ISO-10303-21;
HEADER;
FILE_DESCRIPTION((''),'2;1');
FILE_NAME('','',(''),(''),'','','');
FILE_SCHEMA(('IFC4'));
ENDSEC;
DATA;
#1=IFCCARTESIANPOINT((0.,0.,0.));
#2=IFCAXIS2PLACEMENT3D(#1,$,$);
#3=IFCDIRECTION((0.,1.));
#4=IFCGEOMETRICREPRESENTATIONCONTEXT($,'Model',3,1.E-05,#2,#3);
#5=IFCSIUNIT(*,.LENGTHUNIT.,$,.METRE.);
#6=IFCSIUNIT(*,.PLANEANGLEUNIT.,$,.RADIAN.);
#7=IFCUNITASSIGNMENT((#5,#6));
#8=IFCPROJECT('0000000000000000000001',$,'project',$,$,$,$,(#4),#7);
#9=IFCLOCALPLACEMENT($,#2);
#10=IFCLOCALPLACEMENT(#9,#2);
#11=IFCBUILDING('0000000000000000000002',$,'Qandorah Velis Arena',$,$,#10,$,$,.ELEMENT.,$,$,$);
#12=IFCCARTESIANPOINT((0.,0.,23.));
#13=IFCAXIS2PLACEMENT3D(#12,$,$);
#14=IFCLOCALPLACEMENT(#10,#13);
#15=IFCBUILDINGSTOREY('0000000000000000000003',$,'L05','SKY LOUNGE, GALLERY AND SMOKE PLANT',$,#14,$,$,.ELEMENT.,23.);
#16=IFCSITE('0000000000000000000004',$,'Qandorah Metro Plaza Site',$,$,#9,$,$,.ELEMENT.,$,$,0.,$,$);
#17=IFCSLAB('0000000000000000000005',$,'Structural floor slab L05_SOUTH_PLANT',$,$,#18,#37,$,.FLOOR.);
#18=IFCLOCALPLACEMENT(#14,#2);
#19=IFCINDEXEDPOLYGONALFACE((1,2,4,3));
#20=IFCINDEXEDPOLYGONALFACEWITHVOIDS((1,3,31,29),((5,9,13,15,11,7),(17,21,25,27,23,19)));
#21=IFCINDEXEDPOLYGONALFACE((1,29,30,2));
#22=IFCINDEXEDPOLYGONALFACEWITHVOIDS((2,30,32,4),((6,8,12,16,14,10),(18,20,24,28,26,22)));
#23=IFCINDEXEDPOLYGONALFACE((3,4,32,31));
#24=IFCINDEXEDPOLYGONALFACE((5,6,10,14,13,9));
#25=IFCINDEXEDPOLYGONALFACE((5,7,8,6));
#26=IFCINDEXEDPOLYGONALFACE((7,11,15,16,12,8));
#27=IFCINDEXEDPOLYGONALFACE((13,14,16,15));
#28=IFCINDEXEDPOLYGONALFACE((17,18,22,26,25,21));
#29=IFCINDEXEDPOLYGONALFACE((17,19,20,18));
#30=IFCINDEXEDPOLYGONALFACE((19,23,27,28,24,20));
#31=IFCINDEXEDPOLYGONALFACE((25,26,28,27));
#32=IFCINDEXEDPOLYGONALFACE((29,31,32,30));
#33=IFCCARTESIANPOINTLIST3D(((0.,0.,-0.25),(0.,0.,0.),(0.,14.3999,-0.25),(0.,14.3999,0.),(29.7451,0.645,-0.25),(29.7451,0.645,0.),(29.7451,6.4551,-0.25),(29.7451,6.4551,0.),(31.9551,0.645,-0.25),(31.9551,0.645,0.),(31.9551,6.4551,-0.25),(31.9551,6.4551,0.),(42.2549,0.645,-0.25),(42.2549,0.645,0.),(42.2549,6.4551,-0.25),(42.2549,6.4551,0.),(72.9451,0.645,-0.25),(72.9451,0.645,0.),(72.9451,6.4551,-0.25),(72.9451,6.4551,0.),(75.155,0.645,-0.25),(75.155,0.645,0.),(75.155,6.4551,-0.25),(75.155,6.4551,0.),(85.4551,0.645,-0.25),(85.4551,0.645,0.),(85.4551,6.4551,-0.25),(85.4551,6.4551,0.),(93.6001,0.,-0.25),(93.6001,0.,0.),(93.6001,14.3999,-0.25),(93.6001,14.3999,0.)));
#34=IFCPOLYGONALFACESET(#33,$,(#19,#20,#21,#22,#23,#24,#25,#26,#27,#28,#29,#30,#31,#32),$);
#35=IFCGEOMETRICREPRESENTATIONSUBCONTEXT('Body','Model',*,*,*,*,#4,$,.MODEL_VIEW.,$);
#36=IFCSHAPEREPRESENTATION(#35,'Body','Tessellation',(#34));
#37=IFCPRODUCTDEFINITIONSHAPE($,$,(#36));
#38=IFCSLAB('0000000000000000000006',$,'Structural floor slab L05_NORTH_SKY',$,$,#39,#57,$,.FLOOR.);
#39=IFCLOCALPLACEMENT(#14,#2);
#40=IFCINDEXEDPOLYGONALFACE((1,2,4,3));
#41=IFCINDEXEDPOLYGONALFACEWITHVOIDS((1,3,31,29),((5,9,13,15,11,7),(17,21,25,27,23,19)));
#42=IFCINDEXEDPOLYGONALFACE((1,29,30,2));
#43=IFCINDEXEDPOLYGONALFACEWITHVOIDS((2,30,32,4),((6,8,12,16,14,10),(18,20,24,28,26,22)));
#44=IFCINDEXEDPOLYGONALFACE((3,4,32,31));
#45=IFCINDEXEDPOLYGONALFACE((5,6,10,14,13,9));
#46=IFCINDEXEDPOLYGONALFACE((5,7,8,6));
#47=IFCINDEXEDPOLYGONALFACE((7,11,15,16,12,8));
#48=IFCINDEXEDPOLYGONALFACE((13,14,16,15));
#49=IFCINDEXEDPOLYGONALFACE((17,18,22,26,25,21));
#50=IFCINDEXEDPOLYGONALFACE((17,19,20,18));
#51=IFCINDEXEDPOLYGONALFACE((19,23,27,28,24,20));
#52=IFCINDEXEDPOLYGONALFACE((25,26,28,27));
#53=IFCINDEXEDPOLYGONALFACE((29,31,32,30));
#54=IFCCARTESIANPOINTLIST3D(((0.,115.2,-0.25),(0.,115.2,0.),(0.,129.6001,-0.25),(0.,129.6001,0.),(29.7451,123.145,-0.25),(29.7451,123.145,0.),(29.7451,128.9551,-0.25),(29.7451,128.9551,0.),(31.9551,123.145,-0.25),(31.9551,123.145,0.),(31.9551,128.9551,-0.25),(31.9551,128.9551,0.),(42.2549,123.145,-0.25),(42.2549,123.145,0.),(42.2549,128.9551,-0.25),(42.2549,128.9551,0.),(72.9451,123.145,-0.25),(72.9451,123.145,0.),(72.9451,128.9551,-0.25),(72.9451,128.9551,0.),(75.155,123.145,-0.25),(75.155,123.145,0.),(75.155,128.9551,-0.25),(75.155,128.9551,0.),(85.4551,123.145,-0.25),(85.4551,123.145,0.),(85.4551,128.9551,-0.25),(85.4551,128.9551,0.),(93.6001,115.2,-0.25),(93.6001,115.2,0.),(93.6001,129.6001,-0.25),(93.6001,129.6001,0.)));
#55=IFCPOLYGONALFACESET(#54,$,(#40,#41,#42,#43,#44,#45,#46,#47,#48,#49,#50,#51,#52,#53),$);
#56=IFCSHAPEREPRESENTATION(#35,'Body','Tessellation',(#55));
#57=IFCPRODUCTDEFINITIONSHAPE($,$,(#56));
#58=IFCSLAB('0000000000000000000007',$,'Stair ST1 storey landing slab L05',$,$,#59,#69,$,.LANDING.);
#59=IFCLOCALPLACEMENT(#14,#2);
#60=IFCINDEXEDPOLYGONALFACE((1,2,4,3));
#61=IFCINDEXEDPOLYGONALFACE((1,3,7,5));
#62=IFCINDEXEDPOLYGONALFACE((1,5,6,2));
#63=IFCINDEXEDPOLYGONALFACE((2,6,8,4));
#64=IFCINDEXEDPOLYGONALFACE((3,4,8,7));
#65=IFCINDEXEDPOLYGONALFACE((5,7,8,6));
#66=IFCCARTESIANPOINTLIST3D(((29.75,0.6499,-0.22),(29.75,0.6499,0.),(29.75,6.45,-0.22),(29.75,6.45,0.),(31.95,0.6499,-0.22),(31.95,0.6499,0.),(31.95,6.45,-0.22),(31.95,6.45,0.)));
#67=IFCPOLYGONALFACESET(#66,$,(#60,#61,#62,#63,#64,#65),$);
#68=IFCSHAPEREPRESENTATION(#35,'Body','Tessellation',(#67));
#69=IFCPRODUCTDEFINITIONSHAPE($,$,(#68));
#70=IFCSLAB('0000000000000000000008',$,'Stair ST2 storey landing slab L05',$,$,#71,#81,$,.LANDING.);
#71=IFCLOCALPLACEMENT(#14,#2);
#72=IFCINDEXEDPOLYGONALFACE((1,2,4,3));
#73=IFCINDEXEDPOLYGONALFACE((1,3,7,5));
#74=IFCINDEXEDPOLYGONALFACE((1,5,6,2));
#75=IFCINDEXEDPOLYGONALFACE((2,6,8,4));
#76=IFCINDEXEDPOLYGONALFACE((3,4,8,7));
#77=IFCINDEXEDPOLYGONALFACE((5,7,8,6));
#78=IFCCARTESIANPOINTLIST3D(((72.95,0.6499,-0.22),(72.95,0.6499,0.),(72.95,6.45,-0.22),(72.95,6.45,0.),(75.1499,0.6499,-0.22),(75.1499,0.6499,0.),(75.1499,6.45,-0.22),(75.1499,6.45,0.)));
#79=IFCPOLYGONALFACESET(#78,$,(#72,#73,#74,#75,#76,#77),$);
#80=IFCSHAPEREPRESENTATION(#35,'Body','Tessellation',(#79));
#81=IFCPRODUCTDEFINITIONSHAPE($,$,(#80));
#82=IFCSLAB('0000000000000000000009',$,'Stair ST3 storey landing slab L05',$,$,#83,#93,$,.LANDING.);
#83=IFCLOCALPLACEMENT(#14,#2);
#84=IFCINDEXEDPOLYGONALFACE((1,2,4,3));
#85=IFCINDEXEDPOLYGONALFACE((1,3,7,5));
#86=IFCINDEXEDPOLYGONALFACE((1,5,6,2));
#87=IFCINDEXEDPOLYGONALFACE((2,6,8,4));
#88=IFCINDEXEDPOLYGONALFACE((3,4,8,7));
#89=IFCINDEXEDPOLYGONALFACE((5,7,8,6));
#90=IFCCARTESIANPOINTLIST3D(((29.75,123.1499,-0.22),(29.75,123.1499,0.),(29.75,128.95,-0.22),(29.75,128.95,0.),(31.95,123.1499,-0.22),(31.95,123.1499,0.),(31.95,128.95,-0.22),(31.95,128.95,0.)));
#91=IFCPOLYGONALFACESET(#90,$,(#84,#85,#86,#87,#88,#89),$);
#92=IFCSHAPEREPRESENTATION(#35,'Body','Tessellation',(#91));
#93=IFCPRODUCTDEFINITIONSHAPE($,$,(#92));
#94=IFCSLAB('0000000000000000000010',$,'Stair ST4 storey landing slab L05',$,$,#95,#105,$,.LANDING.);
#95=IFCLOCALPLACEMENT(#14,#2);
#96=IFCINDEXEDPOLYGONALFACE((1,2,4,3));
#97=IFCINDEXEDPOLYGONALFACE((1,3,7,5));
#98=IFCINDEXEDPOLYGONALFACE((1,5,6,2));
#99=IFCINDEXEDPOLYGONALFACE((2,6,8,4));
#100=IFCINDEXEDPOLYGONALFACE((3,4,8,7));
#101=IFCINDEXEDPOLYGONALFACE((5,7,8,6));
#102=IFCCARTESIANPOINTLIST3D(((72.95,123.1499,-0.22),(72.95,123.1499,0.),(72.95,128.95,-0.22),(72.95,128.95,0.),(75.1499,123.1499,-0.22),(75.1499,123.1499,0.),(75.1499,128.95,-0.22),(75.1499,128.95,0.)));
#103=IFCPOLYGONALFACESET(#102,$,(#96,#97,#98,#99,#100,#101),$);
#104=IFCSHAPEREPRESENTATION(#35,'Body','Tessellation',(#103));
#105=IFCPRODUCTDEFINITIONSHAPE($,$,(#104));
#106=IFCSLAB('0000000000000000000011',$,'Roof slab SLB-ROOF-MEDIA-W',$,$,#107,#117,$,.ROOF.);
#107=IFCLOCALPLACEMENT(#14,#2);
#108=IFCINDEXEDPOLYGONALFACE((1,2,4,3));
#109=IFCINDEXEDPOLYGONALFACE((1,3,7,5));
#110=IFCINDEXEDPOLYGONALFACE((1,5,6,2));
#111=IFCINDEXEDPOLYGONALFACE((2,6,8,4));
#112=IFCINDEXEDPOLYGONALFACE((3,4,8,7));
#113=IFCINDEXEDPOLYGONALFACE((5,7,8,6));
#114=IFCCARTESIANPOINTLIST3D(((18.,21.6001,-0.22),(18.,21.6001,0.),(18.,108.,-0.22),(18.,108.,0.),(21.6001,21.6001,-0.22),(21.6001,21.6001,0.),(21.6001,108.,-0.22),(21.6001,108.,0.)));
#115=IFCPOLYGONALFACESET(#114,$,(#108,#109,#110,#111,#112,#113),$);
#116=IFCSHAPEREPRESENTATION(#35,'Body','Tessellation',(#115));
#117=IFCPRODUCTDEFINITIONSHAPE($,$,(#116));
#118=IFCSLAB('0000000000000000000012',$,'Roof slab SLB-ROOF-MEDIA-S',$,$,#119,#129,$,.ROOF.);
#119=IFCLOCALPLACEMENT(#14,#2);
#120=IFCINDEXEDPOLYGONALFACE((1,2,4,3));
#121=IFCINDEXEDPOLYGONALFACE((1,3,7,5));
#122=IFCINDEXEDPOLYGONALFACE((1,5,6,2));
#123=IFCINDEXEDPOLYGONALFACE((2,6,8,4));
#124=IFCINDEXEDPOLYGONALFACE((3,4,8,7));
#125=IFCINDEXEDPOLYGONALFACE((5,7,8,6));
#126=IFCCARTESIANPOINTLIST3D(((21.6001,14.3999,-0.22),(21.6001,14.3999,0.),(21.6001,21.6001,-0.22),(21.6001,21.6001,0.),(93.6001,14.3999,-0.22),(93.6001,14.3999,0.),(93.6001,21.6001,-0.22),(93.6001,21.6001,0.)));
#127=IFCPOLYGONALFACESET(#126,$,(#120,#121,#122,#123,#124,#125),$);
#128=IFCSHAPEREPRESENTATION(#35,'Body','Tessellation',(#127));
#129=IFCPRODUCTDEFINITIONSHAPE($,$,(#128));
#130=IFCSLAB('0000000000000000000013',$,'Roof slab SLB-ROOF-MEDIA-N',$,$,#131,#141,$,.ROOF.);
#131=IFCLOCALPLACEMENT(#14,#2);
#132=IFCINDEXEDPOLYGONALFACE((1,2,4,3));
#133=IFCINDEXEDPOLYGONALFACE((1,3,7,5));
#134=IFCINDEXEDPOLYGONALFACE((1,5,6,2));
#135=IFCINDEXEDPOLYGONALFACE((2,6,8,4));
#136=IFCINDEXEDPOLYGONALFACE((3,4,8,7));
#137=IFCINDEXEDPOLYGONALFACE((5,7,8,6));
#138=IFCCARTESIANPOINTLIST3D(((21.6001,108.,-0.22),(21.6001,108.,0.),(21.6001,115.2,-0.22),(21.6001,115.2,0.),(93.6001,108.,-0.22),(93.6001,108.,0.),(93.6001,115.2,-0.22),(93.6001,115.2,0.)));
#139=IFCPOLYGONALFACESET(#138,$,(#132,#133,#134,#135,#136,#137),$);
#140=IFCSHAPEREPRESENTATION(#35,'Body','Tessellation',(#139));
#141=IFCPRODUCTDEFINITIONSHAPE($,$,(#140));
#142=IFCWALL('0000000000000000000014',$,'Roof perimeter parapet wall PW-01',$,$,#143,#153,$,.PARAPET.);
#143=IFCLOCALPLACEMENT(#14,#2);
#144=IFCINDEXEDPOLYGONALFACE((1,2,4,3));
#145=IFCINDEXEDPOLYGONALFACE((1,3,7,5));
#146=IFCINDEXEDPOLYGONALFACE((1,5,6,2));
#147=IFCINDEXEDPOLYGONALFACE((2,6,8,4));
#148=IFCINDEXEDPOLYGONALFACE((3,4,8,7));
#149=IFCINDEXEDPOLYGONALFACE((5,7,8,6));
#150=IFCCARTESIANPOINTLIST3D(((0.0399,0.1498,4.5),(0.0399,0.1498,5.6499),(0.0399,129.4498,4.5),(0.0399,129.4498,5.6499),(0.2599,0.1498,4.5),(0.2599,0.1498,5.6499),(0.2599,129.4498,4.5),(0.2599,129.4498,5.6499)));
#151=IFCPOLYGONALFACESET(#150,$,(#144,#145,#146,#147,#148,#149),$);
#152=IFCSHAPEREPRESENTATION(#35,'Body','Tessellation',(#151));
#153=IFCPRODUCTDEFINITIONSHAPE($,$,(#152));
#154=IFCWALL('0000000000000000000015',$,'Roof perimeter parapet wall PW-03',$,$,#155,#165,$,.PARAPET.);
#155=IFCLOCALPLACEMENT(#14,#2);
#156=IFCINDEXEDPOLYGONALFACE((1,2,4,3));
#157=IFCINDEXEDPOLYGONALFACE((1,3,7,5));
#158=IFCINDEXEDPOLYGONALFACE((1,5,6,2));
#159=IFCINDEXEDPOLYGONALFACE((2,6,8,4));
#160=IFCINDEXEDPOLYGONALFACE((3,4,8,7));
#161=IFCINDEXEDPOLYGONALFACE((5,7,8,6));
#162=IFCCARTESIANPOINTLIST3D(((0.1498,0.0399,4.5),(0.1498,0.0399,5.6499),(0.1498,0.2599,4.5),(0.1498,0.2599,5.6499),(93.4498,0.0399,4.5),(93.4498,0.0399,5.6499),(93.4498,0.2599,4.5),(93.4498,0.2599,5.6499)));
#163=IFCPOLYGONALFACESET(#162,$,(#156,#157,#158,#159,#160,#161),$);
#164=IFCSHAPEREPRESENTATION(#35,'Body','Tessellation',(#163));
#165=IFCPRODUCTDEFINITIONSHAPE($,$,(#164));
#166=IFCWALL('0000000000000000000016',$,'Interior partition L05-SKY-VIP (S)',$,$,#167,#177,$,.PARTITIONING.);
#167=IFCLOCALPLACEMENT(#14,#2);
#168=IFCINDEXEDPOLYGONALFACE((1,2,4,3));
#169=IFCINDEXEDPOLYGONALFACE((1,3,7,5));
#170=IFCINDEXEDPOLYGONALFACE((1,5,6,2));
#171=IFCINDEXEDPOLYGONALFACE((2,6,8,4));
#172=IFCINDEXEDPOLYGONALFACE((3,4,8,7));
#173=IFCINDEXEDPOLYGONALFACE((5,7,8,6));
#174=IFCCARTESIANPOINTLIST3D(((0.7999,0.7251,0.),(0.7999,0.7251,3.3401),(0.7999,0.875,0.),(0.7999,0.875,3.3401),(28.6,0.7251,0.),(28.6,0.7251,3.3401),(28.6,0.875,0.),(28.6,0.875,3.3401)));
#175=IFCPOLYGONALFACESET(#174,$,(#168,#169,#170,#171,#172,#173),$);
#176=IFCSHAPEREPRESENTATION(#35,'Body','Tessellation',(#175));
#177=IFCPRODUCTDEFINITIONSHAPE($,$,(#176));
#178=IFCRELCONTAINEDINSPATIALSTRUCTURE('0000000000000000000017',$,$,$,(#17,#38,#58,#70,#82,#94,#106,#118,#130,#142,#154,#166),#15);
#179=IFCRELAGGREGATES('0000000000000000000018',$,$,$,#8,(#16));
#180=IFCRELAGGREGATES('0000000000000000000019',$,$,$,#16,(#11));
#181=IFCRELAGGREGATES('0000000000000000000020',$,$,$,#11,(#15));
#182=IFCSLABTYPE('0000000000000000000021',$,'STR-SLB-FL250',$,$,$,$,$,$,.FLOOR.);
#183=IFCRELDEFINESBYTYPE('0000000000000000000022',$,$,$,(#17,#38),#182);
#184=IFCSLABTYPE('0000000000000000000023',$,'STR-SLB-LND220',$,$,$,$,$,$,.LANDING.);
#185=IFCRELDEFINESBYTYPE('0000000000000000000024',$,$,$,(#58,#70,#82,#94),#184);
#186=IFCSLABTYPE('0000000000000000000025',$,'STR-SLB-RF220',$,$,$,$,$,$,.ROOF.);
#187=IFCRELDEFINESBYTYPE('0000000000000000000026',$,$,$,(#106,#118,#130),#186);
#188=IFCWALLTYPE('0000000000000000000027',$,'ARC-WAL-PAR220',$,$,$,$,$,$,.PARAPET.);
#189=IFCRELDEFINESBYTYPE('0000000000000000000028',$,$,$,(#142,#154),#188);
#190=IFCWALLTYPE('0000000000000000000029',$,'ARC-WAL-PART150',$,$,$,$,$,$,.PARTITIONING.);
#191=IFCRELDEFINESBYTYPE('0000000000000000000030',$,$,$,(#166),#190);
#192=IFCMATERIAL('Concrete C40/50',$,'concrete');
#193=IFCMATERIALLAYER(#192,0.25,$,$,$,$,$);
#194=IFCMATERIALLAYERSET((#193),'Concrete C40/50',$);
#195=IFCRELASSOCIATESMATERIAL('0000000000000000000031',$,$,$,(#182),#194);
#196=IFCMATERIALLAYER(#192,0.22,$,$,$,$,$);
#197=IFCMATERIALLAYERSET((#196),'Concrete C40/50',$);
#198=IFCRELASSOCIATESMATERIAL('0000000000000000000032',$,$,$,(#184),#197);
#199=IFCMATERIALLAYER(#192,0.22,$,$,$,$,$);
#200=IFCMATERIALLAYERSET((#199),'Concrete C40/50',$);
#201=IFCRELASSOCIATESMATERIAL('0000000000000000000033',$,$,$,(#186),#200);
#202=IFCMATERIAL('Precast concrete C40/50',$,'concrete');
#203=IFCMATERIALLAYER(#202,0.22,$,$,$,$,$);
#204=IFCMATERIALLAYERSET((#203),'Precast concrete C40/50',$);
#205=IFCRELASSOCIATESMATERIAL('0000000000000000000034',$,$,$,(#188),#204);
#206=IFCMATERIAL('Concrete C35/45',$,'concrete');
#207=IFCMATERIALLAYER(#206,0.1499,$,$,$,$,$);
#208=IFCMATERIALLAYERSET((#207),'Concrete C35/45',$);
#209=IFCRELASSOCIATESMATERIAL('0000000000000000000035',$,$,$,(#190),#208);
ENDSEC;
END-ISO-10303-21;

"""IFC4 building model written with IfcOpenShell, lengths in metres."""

from ifc_helpers import new_model, si_unit, direction, frame, frame_2d, origin, place, context, subcontext, project, spatial, polyline, rectangle, outline, extrude, material, layer, layer_set, type_object, element, save


model = new_model("IFC4")

# Units and contexts
model_context = context("Model", 3, precision=1e-05, world=origin(), true_north=direction((0.0, 1.0)))
body_context = subcontext(model_context, "Body", "Model", "MODEL_VIEW")
ifc_project = project(units=[si_unit("LENGTHUNIT", "METRE"), si_unit("PLANEANGLEUNIT", "RADIAN")], contexts=[model_context])

# Site, building, storey
site_placement = place(None, origin())
site = spatial("IfcSite", under=ifc_project, at=site_placement, Name="Qandorah Metro Plaza Site", CompositionType="ELEMENT", RefElevation=0.0)
building_placement = place(site_placement, origin())
building = spatial("IfcBuilding", under=site, at=building_placement, Name="Qandorah Velis Arena", CompositionType="ELEMENT")
storey_placement = place(building_placement, frame((0.0, 0.0, 23.0)))
storey = spatial("IfcBuildingStorey", under=building, at=storey_placement, Name="L05", Description="SKY LOUNGE, GALLERY AND SMOKE PLANT", CompositionType="ELEMENT", Elevation=23.0)

# Slabs
ifc_material_1 = material(Name="Concrete C40/50", Category="concrete")
ifc_layer_1 = layer(ifc_material_1, 0.25)
ifc_layer_set_1 = layer_set([ifc_layer_1], Name="Concrete C40/50")
slab_type_1 = type_object("IfcSlabType", Name="STR-SLB-FL250", PredefinedType="FLOOR", material=ifc_layer_set_1)
slab_1_placement = place(storey_placement, frame((0.0, 0.0, -0.25)))
element("IfcSlab", 1, at=slab_1_placement, inside=storey, type_object=slab_type_1, Name="Structural floor slab L05_SOUTH_PLANT", PredefinedType="FLOOR", context=body_context, shape_type="SweptSolid", body=[
    extrude(outline(polyline([(93.6001, 0.0), (0.0, 0.0), (0.0, 14.3999), (93.6001, 14.3999), (93.6001, 0.0)]), holes=[polyline([(31.9551, 0.645), (42.2549, 0.645), (42.2549, 6.4551), (31.9551, 6.4551), (29.7451, 6.4551), (29.7451, 0.645), (31.9551, 0.645)]), polyline([(72.9451, 0.645), (75.155, 0.645), (85.4551, 0.645), (85.4551, 6.4551), (75.155, 6.4551), (72.9451, 6.4551), (72.9451, 0.645)])]), origin(), (0.0, 0.0, 1.0), 0.25),
])
slab_2_placement = place(storey_placement, frame((0.0, 0.0, -0.25)))
element("IfcSlab", 2, at=slab_2_placement, inside=storey, type_object=slab_type_1, Name="Structural floor slab L05_NORTH_SKY", PredefinedType="FLOOR", context=body_context, shape_type="SweptSolid", body=[
    extrude(outline(polyline([(93.6001, 115.2), (0.0, 115.2), (0.0, 129.6001), (93.6001, 129.6001), (93.6001, 115.2)]), holes=[polyline([(29.7451, 123.145), (31.9551, 123.145), (42.2549, 123.145), (42.2549, 128.9551), (31.9551, 128.9551), (31.9551, 128.9551), (29.7451, 128.9551), (29.7451, 128.9551), (29.7451, 123.145)]), polyline([(72.9451, 128.9551), (72.9451, 123.145), (75.155, 123.145), (85.4551, 123.145), (85.4551, 128.9551), (75.155, 128.9551), (75.155, 128.9551), (72.9451, 128.9551), (72.9451, 128.9551)])]), origin(), (0.0, 0.0, 1.0), 0.25),
])
ifc_layer_2 = layer(ifc_material_1, 0.22)
ifc_layer_set_2 = layer_set([ifc_layer_2], Name="Concrete C40/50")
slab_type_2 = type_object("IfcSlabType", Name="STR-SLB-LND220", PredefinedType="LANDING", material=ifc_layer_set_2)
slab_3_placement = place(storey_placement, frame((0.0, 0.0, -0.22)))
element("IfcSlab", 3, at=slab_3_placement, inside=storey, type_object=slab_type_2, Name="Stair ST1 storey landing slab L05", PredefinedType="LANDING", context=body_context, shape_type="SweptSolid", body=[
    extrude(outline(polyline([(29.75, 0.6499), (31.95, 0.6499), (31.95, 6.45), (29.75, 6.45), (29.75, 0.6499)])), origin(), (0.0, 0.0, 1.0), 0.22),
])
slab_4_placement = place(storey_placement, frame((0.0, 0.0, -0.22)))
element("IfcSlab", 4, at=slab_4_placement, inside=storey, type_object=slab_type_2, Name="Stair ST2 storey landing slab L05", PredefinedType="LANDING", context=body_context, shape_type="SweptSolid", body=[
    extrude(outline(polyline([(72.95, 0.6499), (75.1499, 0.6499), (75.1499, 6.45), (72.95, 6.45), (72.95, 0.6499)])), origin(), (0.0, 0.0, 1.0), 0.22),
])
slab_5_placement = place(storey_placement, frame((0.0, 0.0, -0.22)))
element("IfcSlab", 5, at=slab_5_placement, inside=storey, type_object=slab_type_2, Name="Stair ST3 storey landing slab L05", PredefinedType="LANDING", context=body_context, shape_type="SweptSolid", body=[
    extrude(outline(polyline([(29.75, 123.1499), (31.95, 123.1499), (31.95, 128.95), (29.75, 128.95), (29.75, 123.1499)])), origin(), (0.0, 0.0, 1.0), 0.22),
])
slab_6_placement = place(storey_placement, frame((0.0, 0.0, -0.22)))
element("IfcSlab", 6, at=slab_6_placement, inside=storey, type_object=slab_type_2, Name="Stair ST4 storey landing slab L05", PredefinedType="LANDING", context=body_context, shape_type="SweptSolid", body=[
    extrude(outline(polyline([(72.95, 123.1499), (75.1499, 123.1499), (75.1499, 128.95), (72.95, 128.95), (72.95, 123.1499)])), origin(), (0.0, 0.0, 1.0), 0.22),
])
ifc_layer_3 = layer(ifc_material_1, 0.22)
ifc_layer_set_3 = layer_set([ifc_layer_3], Name="Concrete C40/50")
slab_type_3 = type_object("IfcSlabType", Name="STR-SLB-RF220", PredefinedType="ROOF", material=ifc_layer_set_3)
slab_7_placement = place(storey_placement, frame((0.0, 0.0, -0.22)))
element("IfcSlab", 7, at=slab_7_placement, inside=storey, type_object=slab_type_3, Name="Roof slab SLB-ROOF-MEDIA-W", PredefinedType="ROOF", context=body_context, shape_type="SweptSolid", body=[
    extrude(outline(polyline([(18.0, 21.6001), (21.6001, 21.6001), (21.6001, 108.0), (18.0, 108.0), (18.0, 21.6001)])), origin(), (0.0, 0.0, 1.0), 0.22),
])
slab_8_placement = place(storey_placement, frame((0.0, 0.0, -0.22)))
element("IfcSlab", 8, at=slab_8_placement, inside=storey, type_object=slab_type_3, Name="Roof slab SLB-ROOF-MEDIA-S", PredefinedType="ROOF", context=body_context, shape_type="SweptSolid", body=[
    extrude(outline(polyline([(21.6001, 14.3999), (93.6001, 14.3999), (93.6001, 21.6001), (21.6001, 21.6001), (21.6001, 14.3999)])), origin(), (0.0, 0.0, 1.0), 0.22),
])
slab_9_placement = place(storey_placement, frame((0.0, 0.0, -0.22)))
element("IfcSlab", 9, at=slab_9_placement, inside=storey, type_object=slab_type_3, Name="Roof slab SLB-ROOF-MEDIA-N", PredefinedType="ROOF", context=body_context, shape_type="SweptSolid", body=[
    extrude(outline(polyline([(21.6001, 108.0), (93.6001, 108.0), (93.6001, 115.2), (21.6001, 115.2), (21.6001, 108.0)])), origin(), (0.0, 0.0, 1.0), 0.22),
])

# Walls
ifc_material_2 = material(Name="Precast concrete C40/50", Category="concrete")
ifc_layer_4 = layer(ifc_material_2, 0.22)
ifc_layer_set_4 = layer_set([ifc_layer_4], Name="Precast concrete C40/50")
wall_type_1 = type_object("IfcWallType", Name="ARC-WAL-PAR220", PredefinedType="PARAPET", material=ifc_layer_set_4)
wall_1_placement = place(storey_placement, frame((0.1499, 0.1499, 4.5), z_axis=(0.0, 0.0, 1.0), x_axis=(0.0, 1.0, 0.0)))
element("IfcWall", 10, at=wall_1_placement, inside=storey, type_object=wall_type_1, Name="Roof perimeter parapet wall PW-01", PredefinedType="PARAPET", context=body_context, shape_type="SweptSolid", body=[
    extrude(rectangle(XDim=129.3, YDim=0.22, at=frame_2d((64.6499, 0.0))), origin(), (0.0, 0.0, 1.0), 1.1499),
])
wall_2_placement = place(storey_placement, frame((0.1499, 0.1499, 4.5), z_axis=(0.0, 0.0, 1.0), x_axis=(1.0, 0.0, 0.0)))
element("IfcWall", 11, at=wall_2_placement, inside=storey, type_object=wall_type_1, Name="Roof perimeter parapet wall PW-03", PredefinedType="PARAPET", context=body_context, shape_type="SweptSolid", body=[
    extrude(rectangle(XDim=93.3, YDim=0.22, at=frame_2d((46.6499, 0.0))), origin(), (0.0, 0.0, 1.0), 1.1499),
])
ifc_material_3 = material(Name="Concrete C35/45", Category="concrete")
ifc_layer_5 = layer(ifc_material_3, 0.1499)
ifc_layer_set_5 = layer_set([ifc_layer_5], Name="Concrete C35/45")
wall_type_2 = type_object("IfcWallType", Name="ARC-WAL-PART150", PredefinedType="PARTITIONING", material=ifc_layer_set_5)
wall_3_placement = place(storey_placement, frame((0.8, 0.8, 0.0), z_axis=(0.0, 0.0, 1.0), x_axis=(1.0, 0.0, 0.0)))
element("IfcWall", 12, at=wall_3_placement, inside=storey, type_object=wall_type_2, Name="Interior partition L05-SKY-VIP (S)", PredefinedType="PARTITIONING", context=body_context, shape_type="SweptSolid", body=[
    extrude(rectangle(XDim=27.8, YDim=0.1499, at=frame_2d((13.8999, 0.0))), origin(), (0.0, 0.0, 1.0), 3.3401),
])

save(model, "model.ifc")
